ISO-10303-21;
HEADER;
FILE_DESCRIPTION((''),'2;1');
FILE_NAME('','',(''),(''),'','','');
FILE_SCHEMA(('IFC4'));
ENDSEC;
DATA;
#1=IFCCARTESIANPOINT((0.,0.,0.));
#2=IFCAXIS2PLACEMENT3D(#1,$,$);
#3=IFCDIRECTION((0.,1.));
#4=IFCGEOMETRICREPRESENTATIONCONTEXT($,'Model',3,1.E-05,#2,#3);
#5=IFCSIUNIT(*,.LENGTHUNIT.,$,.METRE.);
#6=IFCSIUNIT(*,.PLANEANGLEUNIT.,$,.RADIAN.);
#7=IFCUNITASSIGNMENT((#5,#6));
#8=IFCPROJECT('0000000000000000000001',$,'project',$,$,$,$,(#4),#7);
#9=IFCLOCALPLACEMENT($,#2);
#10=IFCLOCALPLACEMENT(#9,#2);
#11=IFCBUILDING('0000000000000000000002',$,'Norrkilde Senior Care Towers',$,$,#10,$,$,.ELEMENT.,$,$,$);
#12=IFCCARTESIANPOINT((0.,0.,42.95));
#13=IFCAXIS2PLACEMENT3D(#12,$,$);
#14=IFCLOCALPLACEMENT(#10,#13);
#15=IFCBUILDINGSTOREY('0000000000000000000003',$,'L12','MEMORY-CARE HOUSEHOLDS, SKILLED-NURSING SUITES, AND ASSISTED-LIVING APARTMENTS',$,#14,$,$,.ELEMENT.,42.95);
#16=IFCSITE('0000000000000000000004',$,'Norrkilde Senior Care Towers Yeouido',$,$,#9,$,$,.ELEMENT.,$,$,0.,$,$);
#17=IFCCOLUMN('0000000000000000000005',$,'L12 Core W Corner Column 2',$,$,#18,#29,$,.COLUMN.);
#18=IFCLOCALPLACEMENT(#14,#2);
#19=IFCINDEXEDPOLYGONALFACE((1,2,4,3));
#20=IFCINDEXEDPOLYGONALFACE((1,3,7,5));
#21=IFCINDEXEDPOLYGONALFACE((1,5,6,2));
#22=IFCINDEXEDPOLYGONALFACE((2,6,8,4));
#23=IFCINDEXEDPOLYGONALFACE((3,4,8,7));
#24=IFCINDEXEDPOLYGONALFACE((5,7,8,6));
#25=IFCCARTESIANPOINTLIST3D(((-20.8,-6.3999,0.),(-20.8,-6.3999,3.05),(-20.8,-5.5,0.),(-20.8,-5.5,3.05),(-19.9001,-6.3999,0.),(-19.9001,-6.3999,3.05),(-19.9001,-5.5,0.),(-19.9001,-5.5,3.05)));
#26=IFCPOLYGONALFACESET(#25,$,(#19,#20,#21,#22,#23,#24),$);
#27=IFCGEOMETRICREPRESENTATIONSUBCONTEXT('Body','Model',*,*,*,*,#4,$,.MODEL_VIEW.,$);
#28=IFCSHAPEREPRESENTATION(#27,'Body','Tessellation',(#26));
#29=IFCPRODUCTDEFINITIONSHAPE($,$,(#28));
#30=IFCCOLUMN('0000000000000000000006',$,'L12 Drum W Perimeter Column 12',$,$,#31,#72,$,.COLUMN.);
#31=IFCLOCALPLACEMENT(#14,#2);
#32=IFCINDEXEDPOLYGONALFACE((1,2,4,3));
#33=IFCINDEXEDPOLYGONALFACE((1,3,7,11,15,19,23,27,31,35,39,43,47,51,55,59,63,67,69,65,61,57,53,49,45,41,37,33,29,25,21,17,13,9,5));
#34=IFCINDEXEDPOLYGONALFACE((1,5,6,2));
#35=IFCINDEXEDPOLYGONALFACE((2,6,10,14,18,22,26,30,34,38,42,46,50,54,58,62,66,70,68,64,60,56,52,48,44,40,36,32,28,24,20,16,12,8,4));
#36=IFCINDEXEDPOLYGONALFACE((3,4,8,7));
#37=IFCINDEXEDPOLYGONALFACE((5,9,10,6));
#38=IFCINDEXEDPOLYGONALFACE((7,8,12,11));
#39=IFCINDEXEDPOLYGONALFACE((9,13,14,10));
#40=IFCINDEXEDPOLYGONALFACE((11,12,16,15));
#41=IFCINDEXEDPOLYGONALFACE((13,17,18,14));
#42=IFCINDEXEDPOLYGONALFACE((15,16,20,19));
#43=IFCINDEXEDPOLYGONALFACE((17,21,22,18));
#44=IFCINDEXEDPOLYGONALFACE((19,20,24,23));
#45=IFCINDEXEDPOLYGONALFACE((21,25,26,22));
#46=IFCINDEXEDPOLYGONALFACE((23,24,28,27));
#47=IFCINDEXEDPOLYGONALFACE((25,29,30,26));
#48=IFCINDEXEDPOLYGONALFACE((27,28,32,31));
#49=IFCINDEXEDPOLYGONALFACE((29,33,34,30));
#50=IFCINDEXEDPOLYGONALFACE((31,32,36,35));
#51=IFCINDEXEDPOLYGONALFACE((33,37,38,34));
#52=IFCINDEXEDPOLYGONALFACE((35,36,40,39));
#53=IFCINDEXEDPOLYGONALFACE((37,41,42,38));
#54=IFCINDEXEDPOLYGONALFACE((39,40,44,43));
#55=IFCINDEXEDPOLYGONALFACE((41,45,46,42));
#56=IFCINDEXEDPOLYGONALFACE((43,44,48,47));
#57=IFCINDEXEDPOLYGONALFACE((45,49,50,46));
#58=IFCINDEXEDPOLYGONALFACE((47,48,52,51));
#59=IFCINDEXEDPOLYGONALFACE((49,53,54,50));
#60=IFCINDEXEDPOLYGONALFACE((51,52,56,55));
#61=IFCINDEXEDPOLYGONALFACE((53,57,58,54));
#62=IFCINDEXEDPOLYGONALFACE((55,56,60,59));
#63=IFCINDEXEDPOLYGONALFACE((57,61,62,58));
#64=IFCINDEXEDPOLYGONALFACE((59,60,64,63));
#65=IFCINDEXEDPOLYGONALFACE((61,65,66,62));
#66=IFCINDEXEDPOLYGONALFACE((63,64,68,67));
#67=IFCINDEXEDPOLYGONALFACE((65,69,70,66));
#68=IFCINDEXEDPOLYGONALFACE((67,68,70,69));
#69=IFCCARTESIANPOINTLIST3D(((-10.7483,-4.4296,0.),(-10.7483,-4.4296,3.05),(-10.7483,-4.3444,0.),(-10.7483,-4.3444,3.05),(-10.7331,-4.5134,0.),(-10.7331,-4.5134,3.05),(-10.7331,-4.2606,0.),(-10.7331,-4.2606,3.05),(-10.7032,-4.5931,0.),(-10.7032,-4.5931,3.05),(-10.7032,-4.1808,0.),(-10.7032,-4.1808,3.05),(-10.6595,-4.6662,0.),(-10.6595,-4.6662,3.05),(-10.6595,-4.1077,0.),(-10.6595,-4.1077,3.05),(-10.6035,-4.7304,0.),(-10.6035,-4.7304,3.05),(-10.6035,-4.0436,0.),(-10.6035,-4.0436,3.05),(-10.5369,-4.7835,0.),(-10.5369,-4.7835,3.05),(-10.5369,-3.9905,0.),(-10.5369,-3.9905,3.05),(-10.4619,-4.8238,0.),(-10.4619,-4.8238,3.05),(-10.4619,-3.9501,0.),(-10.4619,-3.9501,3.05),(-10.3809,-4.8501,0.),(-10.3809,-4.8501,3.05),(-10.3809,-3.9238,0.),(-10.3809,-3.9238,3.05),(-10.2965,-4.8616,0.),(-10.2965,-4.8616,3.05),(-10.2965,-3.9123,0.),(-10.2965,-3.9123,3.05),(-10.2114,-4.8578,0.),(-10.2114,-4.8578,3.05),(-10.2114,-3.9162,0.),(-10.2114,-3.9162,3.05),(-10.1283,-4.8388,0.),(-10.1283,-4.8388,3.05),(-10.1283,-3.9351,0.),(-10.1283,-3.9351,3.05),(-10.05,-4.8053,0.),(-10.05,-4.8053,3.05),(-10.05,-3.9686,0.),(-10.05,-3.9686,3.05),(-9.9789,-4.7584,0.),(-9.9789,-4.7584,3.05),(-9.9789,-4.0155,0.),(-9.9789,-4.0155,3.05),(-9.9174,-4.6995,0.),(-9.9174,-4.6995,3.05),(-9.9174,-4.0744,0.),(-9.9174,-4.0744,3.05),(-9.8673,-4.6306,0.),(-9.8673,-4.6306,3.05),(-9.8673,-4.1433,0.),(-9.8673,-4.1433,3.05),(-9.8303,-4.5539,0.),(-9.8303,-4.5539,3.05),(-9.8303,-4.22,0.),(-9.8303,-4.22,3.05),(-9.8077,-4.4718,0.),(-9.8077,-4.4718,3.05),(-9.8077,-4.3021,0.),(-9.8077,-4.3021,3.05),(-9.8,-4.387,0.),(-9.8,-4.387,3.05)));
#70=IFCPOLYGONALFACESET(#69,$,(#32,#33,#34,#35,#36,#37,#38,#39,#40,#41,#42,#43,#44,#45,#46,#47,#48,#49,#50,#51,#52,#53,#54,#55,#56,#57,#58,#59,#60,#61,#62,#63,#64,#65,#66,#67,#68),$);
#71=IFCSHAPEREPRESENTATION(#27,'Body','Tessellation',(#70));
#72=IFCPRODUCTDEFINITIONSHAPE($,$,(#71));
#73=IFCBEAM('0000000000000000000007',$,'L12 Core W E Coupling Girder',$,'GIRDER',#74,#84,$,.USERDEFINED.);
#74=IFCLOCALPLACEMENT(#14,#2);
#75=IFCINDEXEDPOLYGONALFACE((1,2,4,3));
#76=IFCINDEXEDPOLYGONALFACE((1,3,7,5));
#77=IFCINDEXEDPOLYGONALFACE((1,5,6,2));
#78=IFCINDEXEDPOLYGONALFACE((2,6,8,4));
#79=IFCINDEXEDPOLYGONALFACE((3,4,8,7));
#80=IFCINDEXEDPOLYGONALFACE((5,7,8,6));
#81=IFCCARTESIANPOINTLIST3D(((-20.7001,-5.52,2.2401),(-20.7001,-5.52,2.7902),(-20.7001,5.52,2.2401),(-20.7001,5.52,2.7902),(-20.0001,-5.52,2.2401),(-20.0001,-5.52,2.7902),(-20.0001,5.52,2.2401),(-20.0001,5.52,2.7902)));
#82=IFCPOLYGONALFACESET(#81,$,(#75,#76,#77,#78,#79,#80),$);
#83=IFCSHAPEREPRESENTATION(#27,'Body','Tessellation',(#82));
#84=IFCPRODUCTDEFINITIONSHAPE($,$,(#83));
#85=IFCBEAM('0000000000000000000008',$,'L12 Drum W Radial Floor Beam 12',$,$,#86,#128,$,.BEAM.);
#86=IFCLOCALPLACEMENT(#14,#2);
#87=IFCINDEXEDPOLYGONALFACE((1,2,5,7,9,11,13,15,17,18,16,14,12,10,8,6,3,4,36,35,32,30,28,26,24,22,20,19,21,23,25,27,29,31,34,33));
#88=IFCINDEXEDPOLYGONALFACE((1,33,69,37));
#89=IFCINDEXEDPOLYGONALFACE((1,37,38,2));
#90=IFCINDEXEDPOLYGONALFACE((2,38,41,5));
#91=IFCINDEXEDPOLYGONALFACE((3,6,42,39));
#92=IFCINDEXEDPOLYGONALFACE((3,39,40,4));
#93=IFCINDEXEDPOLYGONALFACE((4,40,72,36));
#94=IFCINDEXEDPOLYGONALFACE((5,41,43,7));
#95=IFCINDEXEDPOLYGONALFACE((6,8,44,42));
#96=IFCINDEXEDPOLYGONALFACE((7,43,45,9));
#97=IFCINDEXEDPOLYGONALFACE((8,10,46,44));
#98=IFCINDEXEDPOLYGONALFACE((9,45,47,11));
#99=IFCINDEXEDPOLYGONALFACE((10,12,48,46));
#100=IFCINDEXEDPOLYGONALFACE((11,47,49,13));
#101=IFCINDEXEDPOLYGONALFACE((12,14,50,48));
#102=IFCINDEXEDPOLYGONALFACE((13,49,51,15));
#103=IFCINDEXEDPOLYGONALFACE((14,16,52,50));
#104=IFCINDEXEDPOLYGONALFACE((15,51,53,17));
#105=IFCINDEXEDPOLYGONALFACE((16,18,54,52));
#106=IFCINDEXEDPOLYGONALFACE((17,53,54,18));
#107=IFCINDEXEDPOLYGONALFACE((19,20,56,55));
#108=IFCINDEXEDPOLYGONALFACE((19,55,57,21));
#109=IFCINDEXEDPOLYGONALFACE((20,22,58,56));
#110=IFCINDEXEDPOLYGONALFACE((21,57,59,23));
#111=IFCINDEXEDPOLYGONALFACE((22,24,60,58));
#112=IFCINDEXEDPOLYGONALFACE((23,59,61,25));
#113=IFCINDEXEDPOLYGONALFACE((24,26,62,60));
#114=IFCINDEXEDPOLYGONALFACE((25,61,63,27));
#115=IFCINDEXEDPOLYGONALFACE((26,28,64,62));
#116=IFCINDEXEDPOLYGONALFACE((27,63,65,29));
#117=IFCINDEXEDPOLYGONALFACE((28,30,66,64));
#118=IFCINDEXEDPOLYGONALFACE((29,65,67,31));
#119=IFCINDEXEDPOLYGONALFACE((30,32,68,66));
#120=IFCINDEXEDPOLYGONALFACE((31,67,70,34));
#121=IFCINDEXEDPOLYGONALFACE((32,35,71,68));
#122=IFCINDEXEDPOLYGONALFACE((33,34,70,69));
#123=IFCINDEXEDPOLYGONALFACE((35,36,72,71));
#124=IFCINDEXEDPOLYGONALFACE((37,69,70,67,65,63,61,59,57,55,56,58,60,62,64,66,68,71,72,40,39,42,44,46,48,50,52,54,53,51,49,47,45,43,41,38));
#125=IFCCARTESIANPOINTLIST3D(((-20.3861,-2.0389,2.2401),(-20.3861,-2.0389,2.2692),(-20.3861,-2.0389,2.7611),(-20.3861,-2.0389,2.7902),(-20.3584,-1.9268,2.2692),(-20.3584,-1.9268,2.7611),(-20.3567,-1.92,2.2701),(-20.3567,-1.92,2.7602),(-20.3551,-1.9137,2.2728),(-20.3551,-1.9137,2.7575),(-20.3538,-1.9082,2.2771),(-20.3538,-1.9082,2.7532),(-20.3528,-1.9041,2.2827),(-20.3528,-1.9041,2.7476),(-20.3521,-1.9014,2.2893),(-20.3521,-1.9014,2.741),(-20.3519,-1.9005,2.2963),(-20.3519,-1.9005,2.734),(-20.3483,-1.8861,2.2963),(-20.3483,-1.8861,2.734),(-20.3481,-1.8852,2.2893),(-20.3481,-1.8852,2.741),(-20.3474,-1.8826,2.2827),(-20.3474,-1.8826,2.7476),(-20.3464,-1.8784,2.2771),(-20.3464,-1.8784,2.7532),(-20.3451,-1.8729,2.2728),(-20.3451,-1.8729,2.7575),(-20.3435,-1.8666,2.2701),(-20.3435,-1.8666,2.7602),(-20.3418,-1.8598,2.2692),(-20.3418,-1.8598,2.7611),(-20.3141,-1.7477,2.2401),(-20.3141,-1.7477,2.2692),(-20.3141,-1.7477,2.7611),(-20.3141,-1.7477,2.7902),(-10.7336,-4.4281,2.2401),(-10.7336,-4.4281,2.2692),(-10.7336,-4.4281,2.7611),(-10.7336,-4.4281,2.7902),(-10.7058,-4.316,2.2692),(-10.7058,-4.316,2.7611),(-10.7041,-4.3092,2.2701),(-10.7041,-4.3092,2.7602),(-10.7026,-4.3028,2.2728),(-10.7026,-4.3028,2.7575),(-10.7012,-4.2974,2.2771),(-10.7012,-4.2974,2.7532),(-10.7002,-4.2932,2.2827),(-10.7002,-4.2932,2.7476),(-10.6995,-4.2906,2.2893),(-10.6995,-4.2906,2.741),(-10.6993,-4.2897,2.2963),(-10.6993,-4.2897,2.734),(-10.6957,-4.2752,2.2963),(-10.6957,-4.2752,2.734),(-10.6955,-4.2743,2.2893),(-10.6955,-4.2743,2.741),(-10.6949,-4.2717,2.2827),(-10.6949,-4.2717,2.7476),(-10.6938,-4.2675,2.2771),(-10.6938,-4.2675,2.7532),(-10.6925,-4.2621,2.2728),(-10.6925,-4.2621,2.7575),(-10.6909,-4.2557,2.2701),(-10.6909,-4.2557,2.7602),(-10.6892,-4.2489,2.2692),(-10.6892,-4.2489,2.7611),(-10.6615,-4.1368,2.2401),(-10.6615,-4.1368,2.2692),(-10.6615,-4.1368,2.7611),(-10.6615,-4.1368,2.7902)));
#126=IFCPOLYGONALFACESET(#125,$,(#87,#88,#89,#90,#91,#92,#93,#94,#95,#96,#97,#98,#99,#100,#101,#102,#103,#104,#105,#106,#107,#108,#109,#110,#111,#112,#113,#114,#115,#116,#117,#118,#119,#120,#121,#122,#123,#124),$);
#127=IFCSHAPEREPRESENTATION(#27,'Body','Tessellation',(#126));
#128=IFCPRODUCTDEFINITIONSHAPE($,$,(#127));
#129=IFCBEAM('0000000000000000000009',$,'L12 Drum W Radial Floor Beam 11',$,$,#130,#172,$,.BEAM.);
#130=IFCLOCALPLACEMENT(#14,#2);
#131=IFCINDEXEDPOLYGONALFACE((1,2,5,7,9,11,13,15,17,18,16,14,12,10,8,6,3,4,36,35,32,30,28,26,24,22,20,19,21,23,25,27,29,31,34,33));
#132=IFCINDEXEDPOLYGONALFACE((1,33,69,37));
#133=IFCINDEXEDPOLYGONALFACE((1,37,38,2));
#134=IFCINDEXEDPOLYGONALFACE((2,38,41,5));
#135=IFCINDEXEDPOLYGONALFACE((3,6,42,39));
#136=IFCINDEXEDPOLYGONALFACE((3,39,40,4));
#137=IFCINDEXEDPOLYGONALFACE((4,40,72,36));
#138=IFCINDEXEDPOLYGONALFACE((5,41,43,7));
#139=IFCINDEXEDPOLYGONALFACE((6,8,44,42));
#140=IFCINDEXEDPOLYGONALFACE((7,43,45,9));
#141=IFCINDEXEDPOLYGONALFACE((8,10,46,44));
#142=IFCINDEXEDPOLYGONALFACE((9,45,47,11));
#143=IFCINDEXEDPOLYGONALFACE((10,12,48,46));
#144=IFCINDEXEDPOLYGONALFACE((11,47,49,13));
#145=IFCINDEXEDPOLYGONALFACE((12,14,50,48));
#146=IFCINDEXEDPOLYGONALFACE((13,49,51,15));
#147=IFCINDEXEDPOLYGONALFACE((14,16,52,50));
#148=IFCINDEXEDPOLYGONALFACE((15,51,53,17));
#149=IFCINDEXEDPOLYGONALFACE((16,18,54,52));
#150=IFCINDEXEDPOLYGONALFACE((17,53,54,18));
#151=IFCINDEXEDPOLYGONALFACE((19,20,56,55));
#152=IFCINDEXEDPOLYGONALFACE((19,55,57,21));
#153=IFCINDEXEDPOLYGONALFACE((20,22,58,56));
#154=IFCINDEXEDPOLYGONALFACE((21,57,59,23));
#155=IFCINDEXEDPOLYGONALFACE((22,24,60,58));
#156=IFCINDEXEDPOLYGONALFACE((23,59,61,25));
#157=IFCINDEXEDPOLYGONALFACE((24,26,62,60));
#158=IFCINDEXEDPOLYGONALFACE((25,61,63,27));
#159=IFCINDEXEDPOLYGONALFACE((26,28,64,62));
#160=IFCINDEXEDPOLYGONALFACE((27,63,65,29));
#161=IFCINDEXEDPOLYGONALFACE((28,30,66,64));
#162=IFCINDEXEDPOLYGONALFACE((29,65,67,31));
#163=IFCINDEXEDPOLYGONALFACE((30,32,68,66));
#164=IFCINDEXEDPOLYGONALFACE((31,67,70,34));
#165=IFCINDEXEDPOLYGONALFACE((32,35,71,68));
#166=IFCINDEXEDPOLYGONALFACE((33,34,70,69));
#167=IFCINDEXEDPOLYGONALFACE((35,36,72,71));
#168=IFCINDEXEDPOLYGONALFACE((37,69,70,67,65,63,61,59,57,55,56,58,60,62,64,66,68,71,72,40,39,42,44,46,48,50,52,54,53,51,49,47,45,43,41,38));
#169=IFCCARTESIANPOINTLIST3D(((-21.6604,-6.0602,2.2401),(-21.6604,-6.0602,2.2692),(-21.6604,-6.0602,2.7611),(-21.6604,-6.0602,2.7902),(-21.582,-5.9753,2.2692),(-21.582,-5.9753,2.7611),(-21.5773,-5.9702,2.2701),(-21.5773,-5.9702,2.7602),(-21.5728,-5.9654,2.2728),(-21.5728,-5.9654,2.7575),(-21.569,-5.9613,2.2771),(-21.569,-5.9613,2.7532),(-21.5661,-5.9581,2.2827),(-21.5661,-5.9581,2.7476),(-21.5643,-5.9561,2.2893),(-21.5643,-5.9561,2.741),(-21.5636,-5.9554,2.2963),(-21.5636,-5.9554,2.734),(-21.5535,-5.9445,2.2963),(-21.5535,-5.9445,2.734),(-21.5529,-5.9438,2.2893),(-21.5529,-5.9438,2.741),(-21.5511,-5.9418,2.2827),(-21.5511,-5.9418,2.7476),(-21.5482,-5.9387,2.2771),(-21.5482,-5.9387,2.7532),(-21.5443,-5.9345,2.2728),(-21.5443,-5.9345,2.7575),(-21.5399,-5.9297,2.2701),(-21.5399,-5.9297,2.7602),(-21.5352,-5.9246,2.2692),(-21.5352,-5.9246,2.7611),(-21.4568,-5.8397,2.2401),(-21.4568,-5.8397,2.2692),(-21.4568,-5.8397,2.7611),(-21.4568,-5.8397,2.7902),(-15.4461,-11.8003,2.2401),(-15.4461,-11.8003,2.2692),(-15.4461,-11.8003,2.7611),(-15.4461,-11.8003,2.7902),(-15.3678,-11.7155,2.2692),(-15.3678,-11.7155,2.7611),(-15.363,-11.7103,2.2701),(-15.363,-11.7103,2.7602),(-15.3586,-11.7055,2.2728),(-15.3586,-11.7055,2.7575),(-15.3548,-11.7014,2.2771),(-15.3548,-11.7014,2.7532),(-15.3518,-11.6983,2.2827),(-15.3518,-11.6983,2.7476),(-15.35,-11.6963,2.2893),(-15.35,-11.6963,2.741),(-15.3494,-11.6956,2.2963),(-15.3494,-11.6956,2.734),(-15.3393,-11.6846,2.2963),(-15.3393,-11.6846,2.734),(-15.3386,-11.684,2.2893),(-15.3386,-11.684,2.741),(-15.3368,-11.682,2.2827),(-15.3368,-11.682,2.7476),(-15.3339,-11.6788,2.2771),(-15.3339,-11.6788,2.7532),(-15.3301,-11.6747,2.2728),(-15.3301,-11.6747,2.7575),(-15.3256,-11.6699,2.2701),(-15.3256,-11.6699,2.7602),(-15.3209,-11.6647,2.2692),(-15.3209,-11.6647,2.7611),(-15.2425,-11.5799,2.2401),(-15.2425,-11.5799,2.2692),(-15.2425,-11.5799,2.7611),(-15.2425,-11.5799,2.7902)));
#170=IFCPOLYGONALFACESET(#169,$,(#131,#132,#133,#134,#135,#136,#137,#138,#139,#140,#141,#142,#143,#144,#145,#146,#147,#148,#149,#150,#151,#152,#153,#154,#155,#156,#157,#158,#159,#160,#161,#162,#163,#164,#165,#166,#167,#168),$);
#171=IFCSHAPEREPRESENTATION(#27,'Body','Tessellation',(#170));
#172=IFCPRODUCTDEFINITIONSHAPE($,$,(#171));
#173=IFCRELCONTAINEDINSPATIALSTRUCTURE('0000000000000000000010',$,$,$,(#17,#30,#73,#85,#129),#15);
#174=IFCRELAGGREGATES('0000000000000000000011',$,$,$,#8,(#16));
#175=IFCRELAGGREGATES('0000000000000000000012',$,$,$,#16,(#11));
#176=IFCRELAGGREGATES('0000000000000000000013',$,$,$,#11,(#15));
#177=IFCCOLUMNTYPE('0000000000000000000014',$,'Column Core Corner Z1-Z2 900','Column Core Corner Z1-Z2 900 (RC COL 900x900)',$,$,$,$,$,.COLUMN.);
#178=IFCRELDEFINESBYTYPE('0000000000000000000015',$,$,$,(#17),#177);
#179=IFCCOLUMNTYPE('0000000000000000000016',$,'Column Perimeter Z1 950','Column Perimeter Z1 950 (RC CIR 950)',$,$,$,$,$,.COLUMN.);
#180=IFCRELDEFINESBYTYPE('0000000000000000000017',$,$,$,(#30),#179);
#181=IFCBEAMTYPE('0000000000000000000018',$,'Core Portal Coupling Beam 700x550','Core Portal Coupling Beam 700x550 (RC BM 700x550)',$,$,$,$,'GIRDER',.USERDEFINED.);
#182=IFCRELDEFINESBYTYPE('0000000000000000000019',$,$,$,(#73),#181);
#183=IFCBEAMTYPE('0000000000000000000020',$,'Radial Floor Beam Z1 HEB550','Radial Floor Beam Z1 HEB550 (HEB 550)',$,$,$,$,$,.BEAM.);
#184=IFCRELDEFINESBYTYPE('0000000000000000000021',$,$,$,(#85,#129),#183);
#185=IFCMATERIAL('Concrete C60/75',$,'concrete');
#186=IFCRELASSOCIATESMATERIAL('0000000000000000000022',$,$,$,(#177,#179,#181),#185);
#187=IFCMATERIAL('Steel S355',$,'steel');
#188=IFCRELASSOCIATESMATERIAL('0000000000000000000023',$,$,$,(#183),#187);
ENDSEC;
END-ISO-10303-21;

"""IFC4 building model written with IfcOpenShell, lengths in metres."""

from ifc_helpers import new_model, si_unit, direction, frame, origin, origin_2d, place, context, subcontext, project, spatial, rectangle, circle, i_section, extrude, source, transform, mapped, material, material_profile, profile_set, type_object, type_shapes, element, save


model = new_model("IFC4")

# Units and contexts
model_context = context("Model", 3, precision=1e-05, world=origin(), true_north=direction((0.0, 1.0)))
body_context = subcontext(model_context, "Body", "Model", "MODEL_VIEW")
ifc_project = project(units=[si_unit("LENGTHUNIT", "METRE"), si_unit("PLANEANGLEUNIT", "RADIAN")], contexts=[model_context])

# Site, building, storey
site_placement = place(None, origin())
site = spatial("IfcSite", under=ifc_project, at=site_placement, Name="Norrkilde Senior Care Towers Yeouido", CompositionType="ELEMENT", RefElevation=0.0)
building_placement = place(site_placement, origin())
building = spatial("IfcBuilding", under=site, at=building_placement, Name="Norrkilde Senior Care Towers", CompositionType="ELEMENT")
storey_placement = place(building_placement, frame((0.0, 0.0, 42.95)))
storey = spatial("IfcBuildingStorey", under=building, at=storey_placement, Name="L12", Description="MEMORY-CARE HOUSEHOLDS, SKILLED-NURSING SUITES, AND ASSISTED-LIVING APARTMENTS", CompositionType="ELEMENT", Elevation=42.95)

# Columns
ifc_material_1 = material(Name="Concrete C60/75", Category="concrete")
ifc_material_profile_1 = material_profile(ifc_material_1, rectangle(XDim=0.8999, YDim=0.8999, at=origin_2d()), Name="RC COL 900x900")
ifc_profile_set_1 = profile_set([ifc_material_profile_1], Name="Concrete C60/75")
column_type_1 = type_object("IfcColumnType", Name="Column Core Corner Z1-Z2 900", Description="Column Core Corner Z1-Z2 900 (RC COL 900x900)", PredefinedType="COLUMN", material=ifc_profile_set_1)
shared_shape_1 = source(origin(), body_context, "Body", "SweptSolid", [
    extrude(rectangle(XDim=0.8999, YDim=0.8999, at=origin_2d()), origin(), (0.0, 0.0, 1.0), 3.05),
])
type_shapes(column_type_1, [shared_shape_1])
column_1_placement = place(storey_placement, frame((-20.3501, -5.95, 0.0), z_axis=(0.0, 0.0, 1.0), x_axis=(1.0, 0.0, 0.0)))
element("IfcColumn", 1, at=column_1_placement, inside=storey, type_object=column_type_1, Name="L12 Core W Corner Column 2", PredefinedType="COLUMN", context=body_context, shape_type="MappedRepresentation", body=[
    mapped(shared_shape_1, transform((0.0, 0.0, 0.0), x_axis=(1.0, 0.0, 0.0), y_axis=(0.0, 1.0, 0.0), z_axis=(0.0, 0.0, 1.0), scale=1.0)),
])
ifc_material_profile_2 = material_profile(ifc_material_1, circle(Radius=0.4751, at=origin_2d()), Name="RC CIR 950")
ifc_profile_set_2 = profile_set([ifc_material_profile_2], Name="Concrete C60/75")
column_type_2 = type_object("IfcColumnType", Name="Column Perimeter Z1 950", Description="Column Perimeter Z1 950 (RC CIR 950)", PredefinedType="COLUMN", material=ifc_profile_set_2)
shared_shape_2 = source(origin(), body_context, "Body", "SweptSolid", [
    extrude(circle(Radius=0.4751, at=origin_2d()), origin(), (0.0, 0.0, 1.0), 3.05),
])
type_shapes(column_type_2, [shared_shape_2])
column_2_placement = place(storey_placement, frame((-10.2751, -4.387, 0.0), z_axis=(0.0, 0.0, 1.0), x_axis=(1.0, 0.0, 0.0)))
element("IfcColumn", 2, at=column_2_placement, inside=storey, type_object=column_type_2, Name="L12 Drum W Perimeter Column 12", PredefinedType="COLUMN", context=body_context, shape_type="MappedRepresentation", body=[
    mapped(shared_shape_2, transform((0.0, 0.0, 0.0), x_axis=(1.0, 0.0, 0.0), y_axis=(0.0, 1.0, 0.0), z_axis=(0.0, 0.0, 1.0), scale=1.0)),
])

# Beams
ifc_material_profile_3 = material_profile(ifc_material_1, rectangle(XDim=0.7, YDim=0.55, at=origin_2d()), Name="RC BM 700x550")
ifc_profile_set_3 = profile_set([ifc_material_profile_3], Name="Concrete C60/75")
beam_type_1 = type_object("IfcBeamType", Name="Core Portal Coupling Beam 700x550", Description="Core Portal Coupling Beam 700x550 (RC BM 700x550)", ElementType="GIRDER", PredefinedType="USERDEFINED", material=ifc_profile_set_3)
shared_shape_3 = source(origin(), body_context, "Body", "SweptSolid", [
    extrude(rectangle(XDim=0.7, YDim=0.55, at=origin_2d()), origin(), (0.0, 0.0, 1.0), 11.04),
])
type_shapes(beam_type_1, [shared_shape_3])
beam_1_placement = place(storey_placement, frame((-20.3501, -5.52, 2.5151), z_axis=(0.0, 1.0, 0.0), x_axis=(-1.0, 0.0, 0.0)))
element("IfcBeam", 3, at=beam_1_placement, inside=storey, type_object=beam_type_1, Name="L12 Core W E Coupling Girder", ObjectType="GIRDER", PredefinedType="USERDEFINED", context=body_context, shape_type="MappedRepresentation", body=[
    mapped(shared_shape_3, transform((0.0, 0.0, 0.0), x_axis=(1.0, 0.0, 0.0), y_axis=(0.0, 1.0, 0.0), z_axis=(0.0, 0.0, 1.0), scale=1.0)),
])
ifc_material_2 = material(Name="Steel S355", Category="steel")
ifc_material_profile_4 = material_profile(ifc_material_2, i_section(OverallWidth=0.3, OverallDepth=0.55, WebThickness=0.0149, FlangeThickness=0.0291, FilletRadius=0.0271, at=origin_2d()), Name="HEB 550")
ifc_profile_set_4 = profile_set([ifc_material_profile_4], Name="Steel S355")
beam_type_2 = type_object("IfcBeamType", Name="Radial Floor Beam Z1 HEB550", Description="Radial Floor Beam Z1 HEB550 (HEB 550)", PredefinedType="BEAM", material=ifc_profile_set_4)
shared_shape_4 = source(origin(), body_context, "Body", "SweptSolid", [
    extrude(i_section(OverallWidth=0.3, OverallDepth=0.55, WebThickness=0.0149, FlangeThickness=0.0291, FilletRadius=0.0271, at=origin_2d()), origin(), (0.0, 0.0, 1.0), 9.9438),
])
beam_2_placement = place(storey_placement, frame((-20.3501, -1.8933, 2.5151), z_axis=(0.970707, -0.240265, 0.0), x_axis=(0.240265, 0.970707, 0.0)))
element("IfcBeam", 4, at=beam_2_placement, inside=storey, type_object=beam_type_2, Name="L12 Drum W Radial Floor Beam 12", PredefinedType="BEAM", context=body_context, shape_type="MappedRepresentation", body=[
    mapped(shared_shape_4, transform((0.0, 0.0, 0.0), x_axis=(1.0, 0.0, 0.0), y_axis=(0.0, 1.0, 0.0), z_axis=(0.0, 0.0, 1.0), scale=1.0)),
])
shared_shape_5 = source(origin(), body_context, "Body", "SweptSolid", [
    extrude(i_section(OverallWidth=0.3, OverallDepth=0.55, WebThickness=0.0149, FlangeThickness=0.0291, FilletRadius=0.0271, at=origin_2d()), origin(), (0.0, 0.0, 1.0), 8.4597),
])
type_shapes(beam_type_2, [shared_shape_4, shared_shape_5])
beam_3_placement = place(storey_placement, frame((-21.5586, -5.95, 2.5151), z_axis=(0.734573, -0.678529, 0.0), x_axis=(0.678529, 0.734573, 0.0)))
element("IfcBeam", 5, at=beam_3_placement, inside=storey, type_object=beam_type_2, Name="L12 Drum W Radial Floor Beam 11", PredefinedType="BEAM", context=body_context, shape_type="MappedRepresentation", body=[
    mapped(shared_shape_5, transform((0.0, 0.0, 0.0), x_axis=(1.0, 0.0, 0.0), y_axis=(0.0, 1.0, 0.0), z_axis=(0.0, 0.0, 1.0), scale=1.0)),
])

save(model, "model.ifc")
